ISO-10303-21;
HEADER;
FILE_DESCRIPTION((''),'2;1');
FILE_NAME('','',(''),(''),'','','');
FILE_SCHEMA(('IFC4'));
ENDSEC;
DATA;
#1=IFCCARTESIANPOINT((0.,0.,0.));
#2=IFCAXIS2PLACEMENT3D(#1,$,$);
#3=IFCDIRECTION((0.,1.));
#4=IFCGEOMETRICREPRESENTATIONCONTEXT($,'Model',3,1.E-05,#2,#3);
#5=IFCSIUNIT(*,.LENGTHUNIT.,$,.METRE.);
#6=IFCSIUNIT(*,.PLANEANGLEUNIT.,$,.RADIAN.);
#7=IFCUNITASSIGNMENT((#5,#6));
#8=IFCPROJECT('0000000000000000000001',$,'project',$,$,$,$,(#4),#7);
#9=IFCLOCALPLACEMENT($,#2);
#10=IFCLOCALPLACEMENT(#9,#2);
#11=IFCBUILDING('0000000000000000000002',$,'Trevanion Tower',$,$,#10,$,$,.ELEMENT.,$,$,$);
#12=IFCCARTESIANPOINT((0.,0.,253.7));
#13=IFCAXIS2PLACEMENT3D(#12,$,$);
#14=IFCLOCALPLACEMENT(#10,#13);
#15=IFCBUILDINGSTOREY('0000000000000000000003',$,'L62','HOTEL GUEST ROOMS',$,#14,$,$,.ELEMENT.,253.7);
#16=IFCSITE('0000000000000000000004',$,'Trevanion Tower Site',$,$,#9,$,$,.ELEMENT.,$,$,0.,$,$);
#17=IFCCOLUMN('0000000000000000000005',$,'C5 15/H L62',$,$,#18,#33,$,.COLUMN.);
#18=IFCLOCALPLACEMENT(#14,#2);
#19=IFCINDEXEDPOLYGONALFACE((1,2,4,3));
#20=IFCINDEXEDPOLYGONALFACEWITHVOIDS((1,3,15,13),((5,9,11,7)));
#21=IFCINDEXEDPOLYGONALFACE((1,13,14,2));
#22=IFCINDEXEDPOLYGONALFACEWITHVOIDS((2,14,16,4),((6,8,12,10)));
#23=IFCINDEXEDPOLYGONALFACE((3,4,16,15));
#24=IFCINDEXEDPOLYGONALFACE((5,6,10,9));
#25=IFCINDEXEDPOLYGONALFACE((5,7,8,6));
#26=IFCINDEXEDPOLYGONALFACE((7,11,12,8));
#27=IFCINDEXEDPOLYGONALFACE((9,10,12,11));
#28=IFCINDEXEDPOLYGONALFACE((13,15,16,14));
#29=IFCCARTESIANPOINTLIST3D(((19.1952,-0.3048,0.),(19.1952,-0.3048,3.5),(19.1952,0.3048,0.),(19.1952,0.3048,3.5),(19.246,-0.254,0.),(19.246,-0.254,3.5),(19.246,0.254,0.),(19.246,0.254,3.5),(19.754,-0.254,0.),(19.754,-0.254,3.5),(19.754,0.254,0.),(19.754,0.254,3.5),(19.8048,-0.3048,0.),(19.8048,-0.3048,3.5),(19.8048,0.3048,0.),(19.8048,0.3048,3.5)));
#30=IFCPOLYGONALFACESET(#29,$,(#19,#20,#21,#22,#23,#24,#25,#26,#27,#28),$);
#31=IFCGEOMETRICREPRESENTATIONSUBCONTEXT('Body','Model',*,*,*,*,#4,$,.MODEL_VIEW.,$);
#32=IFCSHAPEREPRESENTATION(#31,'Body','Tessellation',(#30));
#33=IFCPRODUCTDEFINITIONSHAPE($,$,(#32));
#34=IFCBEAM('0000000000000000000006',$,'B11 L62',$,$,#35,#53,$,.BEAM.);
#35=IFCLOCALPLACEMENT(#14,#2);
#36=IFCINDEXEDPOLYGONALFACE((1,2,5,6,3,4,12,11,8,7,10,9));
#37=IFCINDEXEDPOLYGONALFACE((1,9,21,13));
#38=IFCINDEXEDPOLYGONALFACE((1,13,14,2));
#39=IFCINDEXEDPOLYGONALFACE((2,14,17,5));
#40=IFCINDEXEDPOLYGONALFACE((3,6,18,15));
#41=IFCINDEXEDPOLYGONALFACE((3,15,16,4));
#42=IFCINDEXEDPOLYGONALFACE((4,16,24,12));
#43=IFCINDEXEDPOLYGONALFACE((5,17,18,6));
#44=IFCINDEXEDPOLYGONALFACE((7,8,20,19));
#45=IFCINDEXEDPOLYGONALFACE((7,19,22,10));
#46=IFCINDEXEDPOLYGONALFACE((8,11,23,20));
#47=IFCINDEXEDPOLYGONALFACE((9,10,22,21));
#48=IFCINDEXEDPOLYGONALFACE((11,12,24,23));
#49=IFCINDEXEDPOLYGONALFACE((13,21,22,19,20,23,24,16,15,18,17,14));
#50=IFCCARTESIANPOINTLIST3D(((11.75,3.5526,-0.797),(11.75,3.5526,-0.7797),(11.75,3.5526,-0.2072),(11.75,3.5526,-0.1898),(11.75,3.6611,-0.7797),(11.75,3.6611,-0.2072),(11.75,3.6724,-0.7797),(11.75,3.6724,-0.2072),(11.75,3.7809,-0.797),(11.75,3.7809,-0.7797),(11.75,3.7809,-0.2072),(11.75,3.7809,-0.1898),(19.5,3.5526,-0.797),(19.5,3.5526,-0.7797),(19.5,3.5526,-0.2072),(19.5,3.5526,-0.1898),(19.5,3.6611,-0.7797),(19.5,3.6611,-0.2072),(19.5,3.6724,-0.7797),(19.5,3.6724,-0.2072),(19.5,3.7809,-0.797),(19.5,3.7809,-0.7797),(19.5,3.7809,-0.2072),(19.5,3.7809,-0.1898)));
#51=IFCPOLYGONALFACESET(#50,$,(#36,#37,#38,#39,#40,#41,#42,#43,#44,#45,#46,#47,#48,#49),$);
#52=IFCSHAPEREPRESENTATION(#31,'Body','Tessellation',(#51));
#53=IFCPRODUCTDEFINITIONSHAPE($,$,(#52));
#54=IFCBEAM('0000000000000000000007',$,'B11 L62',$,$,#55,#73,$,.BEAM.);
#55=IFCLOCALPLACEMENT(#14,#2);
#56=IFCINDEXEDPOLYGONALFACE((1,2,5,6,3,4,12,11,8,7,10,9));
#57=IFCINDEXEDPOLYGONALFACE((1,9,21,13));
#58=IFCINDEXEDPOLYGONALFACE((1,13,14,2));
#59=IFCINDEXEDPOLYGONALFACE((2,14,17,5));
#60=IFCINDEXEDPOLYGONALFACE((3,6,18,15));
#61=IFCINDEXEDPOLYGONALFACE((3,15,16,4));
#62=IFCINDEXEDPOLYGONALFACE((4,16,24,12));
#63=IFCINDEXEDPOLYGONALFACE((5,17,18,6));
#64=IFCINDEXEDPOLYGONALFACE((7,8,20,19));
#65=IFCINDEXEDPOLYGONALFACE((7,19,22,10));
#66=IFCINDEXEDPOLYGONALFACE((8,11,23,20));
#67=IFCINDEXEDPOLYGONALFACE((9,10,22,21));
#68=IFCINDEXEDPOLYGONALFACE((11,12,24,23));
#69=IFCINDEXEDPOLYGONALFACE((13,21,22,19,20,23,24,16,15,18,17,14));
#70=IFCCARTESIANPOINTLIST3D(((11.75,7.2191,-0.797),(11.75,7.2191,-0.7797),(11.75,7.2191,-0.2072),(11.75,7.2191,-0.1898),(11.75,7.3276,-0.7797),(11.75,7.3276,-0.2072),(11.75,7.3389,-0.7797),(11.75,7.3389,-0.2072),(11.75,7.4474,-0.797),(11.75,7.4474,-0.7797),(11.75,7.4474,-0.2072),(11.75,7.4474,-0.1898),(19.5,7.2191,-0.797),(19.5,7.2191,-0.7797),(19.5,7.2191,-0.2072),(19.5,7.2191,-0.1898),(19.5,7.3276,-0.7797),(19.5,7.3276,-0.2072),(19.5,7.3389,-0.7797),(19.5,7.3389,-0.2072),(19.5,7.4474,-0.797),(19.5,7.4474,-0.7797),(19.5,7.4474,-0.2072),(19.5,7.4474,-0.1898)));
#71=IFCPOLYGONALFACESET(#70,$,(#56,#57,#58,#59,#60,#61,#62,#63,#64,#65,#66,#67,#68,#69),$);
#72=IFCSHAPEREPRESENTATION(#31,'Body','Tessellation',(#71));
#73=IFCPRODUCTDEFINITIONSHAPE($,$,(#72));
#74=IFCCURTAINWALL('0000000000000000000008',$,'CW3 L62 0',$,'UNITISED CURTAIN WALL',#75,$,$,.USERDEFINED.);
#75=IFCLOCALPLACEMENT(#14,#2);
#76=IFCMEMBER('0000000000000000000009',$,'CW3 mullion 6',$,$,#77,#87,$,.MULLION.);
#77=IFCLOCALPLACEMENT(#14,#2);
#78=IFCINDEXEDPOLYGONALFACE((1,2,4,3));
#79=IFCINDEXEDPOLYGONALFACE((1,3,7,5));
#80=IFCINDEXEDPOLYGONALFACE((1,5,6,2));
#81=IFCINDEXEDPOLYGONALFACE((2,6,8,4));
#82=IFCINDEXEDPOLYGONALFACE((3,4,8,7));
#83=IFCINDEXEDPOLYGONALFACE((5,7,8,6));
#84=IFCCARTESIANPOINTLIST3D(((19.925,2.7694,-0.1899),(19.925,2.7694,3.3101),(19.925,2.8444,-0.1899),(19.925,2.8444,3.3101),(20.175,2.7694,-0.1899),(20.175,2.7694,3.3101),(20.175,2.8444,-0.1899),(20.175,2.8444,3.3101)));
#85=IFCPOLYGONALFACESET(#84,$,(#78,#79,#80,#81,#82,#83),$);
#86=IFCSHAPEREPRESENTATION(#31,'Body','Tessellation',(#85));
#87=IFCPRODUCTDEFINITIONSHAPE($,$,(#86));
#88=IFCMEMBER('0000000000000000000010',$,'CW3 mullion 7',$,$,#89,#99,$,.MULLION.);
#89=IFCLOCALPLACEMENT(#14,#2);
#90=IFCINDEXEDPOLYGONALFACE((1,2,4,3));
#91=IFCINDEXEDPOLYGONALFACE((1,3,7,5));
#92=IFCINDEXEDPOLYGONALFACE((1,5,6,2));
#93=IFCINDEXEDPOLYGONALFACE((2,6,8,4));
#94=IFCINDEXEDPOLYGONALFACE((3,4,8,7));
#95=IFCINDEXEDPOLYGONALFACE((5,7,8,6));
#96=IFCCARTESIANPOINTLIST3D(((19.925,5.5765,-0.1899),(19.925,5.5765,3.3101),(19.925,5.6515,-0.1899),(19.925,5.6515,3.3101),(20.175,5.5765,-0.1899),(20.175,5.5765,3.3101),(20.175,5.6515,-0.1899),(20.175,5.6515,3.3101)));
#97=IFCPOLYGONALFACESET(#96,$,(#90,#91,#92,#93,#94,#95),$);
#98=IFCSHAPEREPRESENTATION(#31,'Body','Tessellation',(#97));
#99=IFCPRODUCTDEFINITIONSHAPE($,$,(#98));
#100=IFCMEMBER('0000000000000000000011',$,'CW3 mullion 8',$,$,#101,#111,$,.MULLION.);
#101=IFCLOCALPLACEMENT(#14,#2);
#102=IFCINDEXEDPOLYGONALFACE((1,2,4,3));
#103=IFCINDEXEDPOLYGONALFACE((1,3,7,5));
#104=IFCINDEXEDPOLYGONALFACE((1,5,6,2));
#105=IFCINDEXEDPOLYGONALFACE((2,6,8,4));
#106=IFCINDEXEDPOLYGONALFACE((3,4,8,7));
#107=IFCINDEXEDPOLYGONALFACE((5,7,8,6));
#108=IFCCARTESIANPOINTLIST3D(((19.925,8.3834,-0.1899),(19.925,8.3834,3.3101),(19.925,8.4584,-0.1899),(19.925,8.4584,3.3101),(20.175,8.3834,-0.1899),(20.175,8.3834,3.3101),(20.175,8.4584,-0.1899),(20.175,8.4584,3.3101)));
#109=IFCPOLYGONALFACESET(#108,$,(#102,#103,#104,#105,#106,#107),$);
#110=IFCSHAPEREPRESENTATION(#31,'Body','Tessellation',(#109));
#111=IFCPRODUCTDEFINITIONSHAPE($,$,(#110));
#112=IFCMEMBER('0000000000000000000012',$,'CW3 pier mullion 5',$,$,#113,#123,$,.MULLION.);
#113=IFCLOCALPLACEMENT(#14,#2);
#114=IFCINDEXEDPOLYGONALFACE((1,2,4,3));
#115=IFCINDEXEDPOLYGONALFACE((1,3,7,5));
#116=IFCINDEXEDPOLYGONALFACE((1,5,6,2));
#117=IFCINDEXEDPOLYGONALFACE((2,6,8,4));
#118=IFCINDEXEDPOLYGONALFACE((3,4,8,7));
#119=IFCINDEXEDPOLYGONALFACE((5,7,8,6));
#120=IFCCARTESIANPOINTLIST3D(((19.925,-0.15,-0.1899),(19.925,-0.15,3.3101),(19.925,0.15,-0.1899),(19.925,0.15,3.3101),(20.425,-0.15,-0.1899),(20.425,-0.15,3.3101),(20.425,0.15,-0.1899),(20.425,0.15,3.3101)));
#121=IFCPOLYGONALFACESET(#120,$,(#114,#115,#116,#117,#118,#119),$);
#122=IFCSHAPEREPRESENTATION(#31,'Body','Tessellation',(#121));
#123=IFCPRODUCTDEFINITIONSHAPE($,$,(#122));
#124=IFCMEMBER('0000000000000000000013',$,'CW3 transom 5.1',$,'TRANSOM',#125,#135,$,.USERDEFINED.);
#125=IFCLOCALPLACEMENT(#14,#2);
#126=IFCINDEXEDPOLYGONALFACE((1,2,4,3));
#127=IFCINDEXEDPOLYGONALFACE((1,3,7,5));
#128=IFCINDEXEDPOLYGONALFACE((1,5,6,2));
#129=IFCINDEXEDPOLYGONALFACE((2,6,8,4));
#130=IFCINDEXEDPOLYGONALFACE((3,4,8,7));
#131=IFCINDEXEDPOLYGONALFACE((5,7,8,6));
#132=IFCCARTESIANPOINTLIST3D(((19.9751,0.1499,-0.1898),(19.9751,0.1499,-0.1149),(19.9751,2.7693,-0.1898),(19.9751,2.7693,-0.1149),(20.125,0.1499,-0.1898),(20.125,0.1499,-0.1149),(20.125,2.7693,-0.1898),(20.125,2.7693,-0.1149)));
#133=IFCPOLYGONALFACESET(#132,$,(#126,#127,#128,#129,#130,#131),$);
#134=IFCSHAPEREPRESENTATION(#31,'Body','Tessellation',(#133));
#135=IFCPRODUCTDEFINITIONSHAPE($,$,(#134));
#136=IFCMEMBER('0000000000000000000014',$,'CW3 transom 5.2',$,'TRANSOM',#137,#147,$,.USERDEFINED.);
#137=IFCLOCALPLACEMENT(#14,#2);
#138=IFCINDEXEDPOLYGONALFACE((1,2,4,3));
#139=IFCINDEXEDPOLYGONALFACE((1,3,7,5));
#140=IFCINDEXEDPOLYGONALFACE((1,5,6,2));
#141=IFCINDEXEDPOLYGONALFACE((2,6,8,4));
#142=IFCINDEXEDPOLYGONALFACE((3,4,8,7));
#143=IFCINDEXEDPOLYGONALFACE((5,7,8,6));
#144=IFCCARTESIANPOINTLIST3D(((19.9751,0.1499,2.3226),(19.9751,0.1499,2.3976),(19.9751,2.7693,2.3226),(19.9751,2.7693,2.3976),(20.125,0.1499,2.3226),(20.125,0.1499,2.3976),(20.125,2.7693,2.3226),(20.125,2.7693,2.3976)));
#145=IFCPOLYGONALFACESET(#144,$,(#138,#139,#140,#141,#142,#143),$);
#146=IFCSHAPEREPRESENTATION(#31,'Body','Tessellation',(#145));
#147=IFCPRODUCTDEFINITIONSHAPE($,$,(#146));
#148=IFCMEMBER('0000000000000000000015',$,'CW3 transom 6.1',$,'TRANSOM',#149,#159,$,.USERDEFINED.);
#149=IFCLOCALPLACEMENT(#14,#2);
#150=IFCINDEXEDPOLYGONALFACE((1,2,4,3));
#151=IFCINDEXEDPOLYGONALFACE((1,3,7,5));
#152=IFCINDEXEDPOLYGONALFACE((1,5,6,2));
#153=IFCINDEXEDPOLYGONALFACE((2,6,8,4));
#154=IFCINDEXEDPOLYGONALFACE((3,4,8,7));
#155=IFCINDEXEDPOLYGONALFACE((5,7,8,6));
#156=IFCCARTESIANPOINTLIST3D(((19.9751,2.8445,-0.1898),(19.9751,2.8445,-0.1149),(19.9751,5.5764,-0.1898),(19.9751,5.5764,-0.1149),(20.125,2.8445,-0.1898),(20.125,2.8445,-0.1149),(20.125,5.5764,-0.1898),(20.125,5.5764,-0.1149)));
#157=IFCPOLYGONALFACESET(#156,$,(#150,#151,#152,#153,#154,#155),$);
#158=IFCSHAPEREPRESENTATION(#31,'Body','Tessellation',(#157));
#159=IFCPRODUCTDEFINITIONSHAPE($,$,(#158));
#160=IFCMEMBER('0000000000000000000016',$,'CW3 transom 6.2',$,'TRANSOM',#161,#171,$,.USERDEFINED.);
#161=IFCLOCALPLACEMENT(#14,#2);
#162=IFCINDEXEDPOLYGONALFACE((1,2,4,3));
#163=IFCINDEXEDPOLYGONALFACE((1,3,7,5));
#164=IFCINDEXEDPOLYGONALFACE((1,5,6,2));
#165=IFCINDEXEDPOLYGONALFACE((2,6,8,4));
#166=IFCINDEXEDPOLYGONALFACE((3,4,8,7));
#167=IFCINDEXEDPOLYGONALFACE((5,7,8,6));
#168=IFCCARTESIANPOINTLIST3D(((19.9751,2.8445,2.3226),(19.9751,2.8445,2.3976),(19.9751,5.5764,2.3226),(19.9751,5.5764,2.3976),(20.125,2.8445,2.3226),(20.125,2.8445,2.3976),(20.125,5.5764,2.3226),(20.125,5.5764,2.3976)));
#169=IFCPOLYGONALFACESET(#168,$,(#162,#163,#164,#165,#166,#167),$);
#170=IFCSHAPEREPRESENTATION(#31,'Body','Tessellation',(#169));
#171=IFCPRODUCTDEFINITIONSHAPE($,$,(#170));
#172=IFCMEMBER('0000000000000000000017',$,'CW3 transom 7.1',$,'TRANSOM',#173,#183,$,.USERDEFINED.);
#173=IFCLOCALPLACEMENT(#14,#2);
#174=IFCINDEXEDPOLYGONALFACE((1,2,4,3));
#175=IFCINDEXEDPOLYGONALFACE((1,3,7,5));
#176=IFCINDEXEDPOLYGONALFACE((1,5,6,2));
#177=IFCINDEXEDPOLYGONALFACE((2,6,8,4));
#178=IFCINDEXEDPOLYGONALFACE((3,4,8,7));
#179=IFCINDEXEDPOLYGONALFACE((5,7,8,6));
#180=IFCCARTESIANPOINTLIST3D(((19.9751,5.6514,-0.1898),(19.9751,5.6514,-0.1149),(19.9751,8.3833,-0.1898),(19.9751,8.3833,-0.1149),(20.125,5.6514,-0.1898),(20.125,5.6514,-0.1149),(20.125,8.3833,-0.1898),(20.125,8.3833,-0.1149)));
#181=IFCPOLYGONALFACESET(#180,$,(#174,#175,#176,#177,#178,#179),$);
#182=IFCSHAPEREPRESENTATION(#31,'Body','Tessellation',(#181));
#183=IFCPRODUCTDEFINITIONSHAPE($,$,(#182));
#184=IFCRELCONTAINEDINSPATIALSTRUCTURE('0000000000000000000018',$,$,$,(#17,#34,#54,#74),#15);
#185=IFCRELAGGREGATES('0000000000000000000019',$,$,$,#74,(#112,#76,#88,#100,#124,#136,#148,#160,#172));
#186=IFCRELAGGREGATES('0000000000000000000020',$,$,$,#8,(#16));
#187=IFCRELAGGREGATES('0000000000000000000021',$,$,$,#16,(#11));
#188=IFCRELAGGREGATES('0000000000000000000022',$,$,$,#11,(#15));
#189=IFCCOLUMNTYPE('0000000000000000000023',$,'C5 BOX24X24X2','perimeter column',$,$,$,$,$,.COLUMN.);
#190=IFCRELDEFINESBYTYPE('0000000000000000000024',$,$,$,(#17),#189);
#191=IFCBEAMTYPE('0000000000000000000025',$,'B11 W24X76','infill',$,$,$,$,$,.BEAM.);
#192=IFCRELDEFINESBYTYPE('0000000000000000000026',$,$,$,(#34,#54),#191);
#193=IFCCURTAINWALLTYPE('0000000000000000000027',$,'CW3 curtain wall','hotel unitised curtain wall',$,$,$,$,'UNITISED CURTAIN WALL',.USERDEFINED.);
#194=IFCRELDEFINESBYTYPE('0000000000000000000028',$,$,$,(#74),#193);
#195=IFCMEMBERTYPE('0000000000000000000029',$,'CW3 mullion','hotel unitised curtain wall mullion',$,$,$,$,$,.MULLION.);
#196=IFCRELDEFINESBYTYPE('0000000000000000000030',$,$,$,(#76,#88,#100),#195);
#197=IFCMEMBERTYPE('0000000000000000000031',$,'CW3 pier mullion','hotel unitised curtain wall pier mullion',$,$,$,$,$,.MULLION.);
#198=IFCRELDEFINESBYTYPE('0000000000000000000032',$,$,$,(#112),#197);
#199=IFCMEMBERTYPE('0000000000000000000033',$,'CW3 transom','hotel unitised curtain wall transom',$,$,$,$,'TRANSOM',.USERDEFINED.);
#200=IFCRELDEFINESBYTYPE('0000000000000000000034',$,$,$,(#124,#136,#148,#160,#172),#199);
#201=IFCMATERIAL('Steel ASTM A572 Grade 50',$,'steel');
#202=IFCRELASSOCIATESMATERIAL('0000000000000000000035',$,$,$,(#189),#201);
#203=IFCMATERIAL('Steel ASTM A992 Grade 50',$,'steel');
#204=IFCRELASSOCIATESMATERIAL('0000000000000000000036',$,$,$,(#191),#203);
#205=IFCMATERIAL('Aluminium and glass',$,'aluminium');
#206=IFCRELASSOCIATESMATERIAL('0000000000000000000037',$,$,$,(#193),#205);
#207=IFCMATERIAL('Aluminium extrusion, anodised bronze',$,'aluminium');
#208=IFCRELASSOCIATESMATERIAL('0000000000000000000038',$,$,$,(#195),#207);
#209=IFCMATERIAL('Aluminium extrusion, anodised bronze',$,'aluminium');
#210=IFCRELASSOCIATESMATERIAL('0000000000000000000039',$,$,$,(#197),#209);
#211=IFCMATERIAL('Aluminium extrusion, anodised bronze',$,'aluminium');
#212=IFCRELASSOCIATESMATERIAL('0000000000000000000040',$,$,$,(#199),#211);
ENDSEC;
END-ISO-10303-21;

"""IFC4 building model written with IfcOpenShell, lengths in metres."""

from ifc_helpers import new_model, si_unit, direction, frame, origin, origin_2d, place, context, subcontext, project, spatial, rectangle, hollow_rectangle, i_section, extrude, material, material_profile, profile_set, type_object, element, aggregate, save


model = new_model("IFC4")

# Units and contexts
model_context = context("Model", 3, precision=1e-05, world=origin(), true_north=direction((0.0, 1.0)))
body_context = subcontext(model_context, "Body", "Model", "MODEL_VIEW")
ifc_project = project(units=[si_unit("LENGTHUNIT", "METRE"), si_unit("PLANEANGLEUNIT", "RADIAN")], contexts=[model_context])

# Site, building, storey
site_placement = place(None, origin())
site = spatial("IfcSite", under=ifc_project, at=site_placement, Name="Trevanion Tower Site", CompositionType="ELEMENT", RefElevation=0.0)
building_placement = place(site_placement, origin())
building = spatial("IfcBuilding", under=site, at=building_placement, Name="Trevanion Tower", CompositionType="ELEMENT")
storey_placement = place(building_placement, frame((0.0, 0.0, 253.7)))
storey = spatial("IfcBuildingStorey", under=building, at=storey_placement, Name="L62", Description="HOTEL GUEST ROOMS", CompositionType="ELEMENT", Elevation=253.7)

# Column
ifc_material_1 = material(Name="Steel ASTM A572 Grade 50", Category="steel")
ifc_material_profile_1 = material_profile(ifc_material_1, hollow_rectangle(XDim=0.6096, YDim=0.6096, WallThickness=0.0508, at=origin_2d()), Name="BOX24X24X2")
ifc_profile_set_1 = profile_set([ifc_material_profile_1], Name="Steel ASTM A572 Grade 50")
column_type = type_object("IfcColumnType", Name="C5 BOX24X24X2", Description="perimeter column", PredefinedType="COLUMN", material=ifc_profile_set_1)
column_placement = place(storey_placement, frame((19.5, 0.0, 0.0), z_axis=(0.0, 0.0, 1.0), x_axis=(0.0, 1.0, 0.0)))
element("IfcColumn", 1, at=column_placement, inside=storey, type_object=column_type, Name="C5 15/H L62", PredefinedType="COLUMN", context=body_context, shape_type="SweptSolid", body=[
    extrude(hollow_rectangle(XDim=0.6096, YDim=0.6096, WallThickness=0.0508, at=origin_2d()), origin(), (0.0, 0.0, 1.0), 3.5),
])

# Beams
ifc_material_2 = material(Name="Steel ASTM A992 Grade 50", Category="steel")
ifc_material_profile_2 = material_profile(ifc_material_2, i_section(OverallWidth=0.2283, OverallDepth=0.6072, WebThickness=0.0112, FlangeThickness=0.0173, at=origin_2d()), Name="W24X76")
ifc_profile_set_2 = profile_set([ifc_material_profile_2], Name="Steel ASTM A992 Grade 50")
beam_type_1 = type_object("IfcBeamType", Name="B11 W24X76", Description="infill", PredefinedType="BEAM", material=ifc_profile_set_2)
for number, where, z_axis, x_axis, name in (
    (2, (11.75, 3.6667, -0.4934), (1.0, 0.0, 0.0), (0.0, 1.0, 0.0), "B11 L62"),
    (3, (11.75, 7.3333, -0.4934), (1.0, 0.0, 0.0), (0.0, 1.0, 0.0), "B11 L62"),
):
    element("IfcBeam", number, at=place(storey_placement, frame(where, z_axis=z_axis, x_axis=x_axis)), inside=storey, type_object=beam_type_1, Name=name, PredefinedType="BEAM", context=body_context, shape_type="SweptSolid", body=[
        extrude(i_section(OverallWidth=0.2283, OverallDepth=0.6072, WebThickness=0.0112, FlangeThickness=0.0173, at=origin_2d()), origin(), (0.0, 0.0, 1.0), 7.75),
    ])

# Curtain wall, members
ifc_material_3 = material(Name="Aluminium and glass", Category="aluminium")
curtain_wall_type = type_object("IfcCurtainWallType", Name="CW3 curtain wall", Description="hotel unitised curtain wall", ElementType="UNITISED CURTAIN WALL", PredefinedType="USERDEFINED", material=ifc_material_3)
curtain_wall_placement = place(storey_placement, origin())
curtain_wall = element("IfcCurtainWall", 4, at=curtain_wall_placement, inside=storey, type_object=curtain_wall_type, Name="CW3 L62 0", ObjectType="UNITISED CURTAIN WALL", PredefinedType="USERDEFINED")
ifc_material_4 = material(Name="Aluminium extrusion, anodised bronze", Category="aluminium")
ifc_material_profile_3 = material_profile(ifc_material_4, rectangle(XDim=0.075, YDim=0.25, at=origin_2d()), Name="CW3 mullion")
ifc_profile_set_3 = profile_set([ifc_material_profile_3], Name="Aluminium extrusion, anodised bronze")
member_type_1 = type_object("IfcMemberType", Name="CW3 mullion", Description="hotel unitised curtain wall mullion", PredefinedType="MULLION", material=ifc_profile_set_3)
member_1_placement = place(storey_placement, frame((20.05, 2.8069, -0.1899), z_axis=(0.0, 0.0, 1.0), x_axis=(0.0, 1.0, 0.0)))
member_1 = element("IfcMember", 5, at=member_1_placement, type_object=member_type_1, Name="CW3 mullion 6", PredefinedType="MULLION", context=body_context, shape_type="SweptSolid", body=[
    extrude(rectangle(XDim=0.075, YDim=0.25, at=origin_2d()), origin(), (0.0, 0.0, 1.0), 3.5),
])
member_2_placement = place(storey_placement, frame((20.05, 5.614, -0.1899), z_axis=(0.0, 0.0, 1.0), x_axis=(0.0, 1.0, 0.0)))
member_2 = element("IfcMember", 6, at=member_2_placement, type_object=member_type_1, Name="CW3 mullion 7", PredefinedType="MULLION", context=body_context, shape_type="SweptSolid", body=[
    extrude(rectangle(XDim=0.075, YDim=0.25, at=origin_2d()), origin(), (0.0, 0.0, 1.0), 3.5),
])
member_3_placement = place(storey_placement, frame((20.05, 8.4209, -0.1899), z_axis=(0.0, 0.0, 1.0), x_axis=(0.0, 1.0, 0.0)))
member_3 = element("IfcMember", 7, at=member_3_placement, type_object=member_type_1, Name="CW3 mullion 8", PredefinedType="MULLION", context=body_context, shape_type="SweptSolid", body=[
    extrude(rectangle(XDim=0.075, YDim=0.25, at=origin_2d()), origin(), (0.0, 0.0, 1.0), 3.5),
])
ifc_material_5 = material(Name="Aluminium extrusion, anodised bronze", Category="aluminium")
ifc_material_profile_4 = material_profile(ifc_material_5, rectangle(XDim=0.3, YDim=0.5, at=origin_2d()), Name="CW3 pier mullion")
ifc_profile_set_4 = profile_set([ifc_material_profile_4], Name="Aluminium extrusion, anodised bronze")
member_type_2 = type_object("IfcMemberType", Name="CW3 pier mullion", Description="hotel unitised curtain wall pier mullion", PredefinedType="MULLION", material=ifc_profile_set_4)
member_4_placement = place(storey_placement, frame((20.175, 0.0, -0.1899), z_axis=(0.0, 0.0, 1.0), x_axis=(0.0, 1.0, 0.0)))
member_4 = element("IfcMember", 8, at=member_4_placement, type_object=member_type_2, Name="CW3 pier mullion 5", PredefinedType="MULLION", context=body_context, shape_type="SweptSolid", body=[
    extrude(rectangle(XDim=0.3, YDim=0.5, at=origin_2d()), origin(), (0.0, 0.0, 1.0), 3.5),
])
ifc_material_6 = material(Name="Aluminium extrusion, anodised bronze", Category="aluminium")
ifc_material_profile_5 = material_profile(ifc_material_6, rectangle(XDim=0.1499, YDim=0.075, at=origin_2d()), Name="CW3 transom")
ifc_profile_set_5 = profile_set([ifc_material_profile_5], Name="Aluminium extrusion, anodised bronze")
member_type_3 = type_object("IfcMemberType", Name="CW3 transom", Description="hotel unitised curtain wall transom", ElementType="TRANSOM", PredefinedType="USERDEFINED", material=ifc_profile_set_5)
member_5_placement = place(storey_placement, frame((20.05, 0.1499, -0.1523), z_axis=(0.0, 1.0, 0.0), x_axis=(-1.0, 0.0, 0.0)))
member_5 = element("IfcMember", 9, at=member_5_placement, type_object=member_type_3, Name="CW3 transom 5.1", ObjectType="TRANSOM", PredefinedType="USERDEFINED", context=body_context, shape_type="SweptSolid", body=[
    extrude(rectangle(XDim=0.1499, YDim=0.075, at=origin_2d()), origin(), (0.0, 0.0, 1.0), 2.6194),
])
member_6_placement = place(storey_placement, frame((20.05, 0.1499, 2.3601), z_axis=(0.0, 1.0, 0.0), x_axis=(-1.0, 0.0, 0.0)))
member_6 = element("IfcMember", 10, at=member_6_placement, type_object=member_type_3, Name="CW3 transom 5.2", ObjectType="TRANSOM", PredefinedType="USERDEFINED", context=body_context, shape_type="SweptSolid", body=[
    extrude(rectangle(XDim=0.1499, YDim=0.075, at=origin_2d()), origin(), (0.0, 0.0, 1.0), 2.6194),
])
member_7_placement = place(storey_placement, frame((20.05, 2.8445, -0.1523), z_axis=(0.0, 1.0, 0.0), x_axis=(-1.0, 0.0, 0.0)))
member_7 = element("IfcMember", 11, at=member_7_placement, type_object=member_type_3, Name="CW3 transom 6.1", ObjectType="TRANSOM", PredefinedType="USERDEFINED", context=body_context, shape_type="SweptSolid", body=[
    extrude(rectangle(XDim=0.1499, YDim=0.075, at=origin_2d()), origin(), (0.0, 0.0, 1.0), 2.7319),
])
member_8_placement = place(storey_placement, frame((20.05, 2.8445, 2.3601), z_axis=(0.0, 1.0, 0.0), x_axis=(-1.0, 0.0, 0.0)))
member_8 = element("IfcMember", 12, at=member_8_placement, type_object=member_type_3, Name="CW3 transom 6.2", ObjectType="TRANSOM", PredefinedType="USERDEFINED", context=body_context, shape_type="SweptSolid", body=[
    extrude(rectangle(XDim=0.1499, YDim=0.075, at=origin_2d()), origin(), (0.0, 0.0, 1.0), 2.7319),
])
member_9_placement = place(storey_placement, frame((20.05, 5.6514, -0.1523), z_axis=(0.0, 1.0, 0.0), x_axis=(-1.0, 0.0, 0.0)))
member_9 = element("IfcMember", 13, at=member_9_placement, type_object=member_type_3, Name="CW3 transom 7.1", ObjectType="TRANSOM", PredefinedType="USERDEFINED", context=body_context, shape_type="SweptSolid", body=[
    extrude(rectangle(XDim=0.1499, YDim=0.075, at=origin_2d()), origin(), (0.0, 0.0, 1.0), 2.7319),
])

aggregate(curtain_wall, [member_4, member_1, member_2, member_3, member_5, member_6, member_7, member_8, member_9])

save(model, "model.ifc")
